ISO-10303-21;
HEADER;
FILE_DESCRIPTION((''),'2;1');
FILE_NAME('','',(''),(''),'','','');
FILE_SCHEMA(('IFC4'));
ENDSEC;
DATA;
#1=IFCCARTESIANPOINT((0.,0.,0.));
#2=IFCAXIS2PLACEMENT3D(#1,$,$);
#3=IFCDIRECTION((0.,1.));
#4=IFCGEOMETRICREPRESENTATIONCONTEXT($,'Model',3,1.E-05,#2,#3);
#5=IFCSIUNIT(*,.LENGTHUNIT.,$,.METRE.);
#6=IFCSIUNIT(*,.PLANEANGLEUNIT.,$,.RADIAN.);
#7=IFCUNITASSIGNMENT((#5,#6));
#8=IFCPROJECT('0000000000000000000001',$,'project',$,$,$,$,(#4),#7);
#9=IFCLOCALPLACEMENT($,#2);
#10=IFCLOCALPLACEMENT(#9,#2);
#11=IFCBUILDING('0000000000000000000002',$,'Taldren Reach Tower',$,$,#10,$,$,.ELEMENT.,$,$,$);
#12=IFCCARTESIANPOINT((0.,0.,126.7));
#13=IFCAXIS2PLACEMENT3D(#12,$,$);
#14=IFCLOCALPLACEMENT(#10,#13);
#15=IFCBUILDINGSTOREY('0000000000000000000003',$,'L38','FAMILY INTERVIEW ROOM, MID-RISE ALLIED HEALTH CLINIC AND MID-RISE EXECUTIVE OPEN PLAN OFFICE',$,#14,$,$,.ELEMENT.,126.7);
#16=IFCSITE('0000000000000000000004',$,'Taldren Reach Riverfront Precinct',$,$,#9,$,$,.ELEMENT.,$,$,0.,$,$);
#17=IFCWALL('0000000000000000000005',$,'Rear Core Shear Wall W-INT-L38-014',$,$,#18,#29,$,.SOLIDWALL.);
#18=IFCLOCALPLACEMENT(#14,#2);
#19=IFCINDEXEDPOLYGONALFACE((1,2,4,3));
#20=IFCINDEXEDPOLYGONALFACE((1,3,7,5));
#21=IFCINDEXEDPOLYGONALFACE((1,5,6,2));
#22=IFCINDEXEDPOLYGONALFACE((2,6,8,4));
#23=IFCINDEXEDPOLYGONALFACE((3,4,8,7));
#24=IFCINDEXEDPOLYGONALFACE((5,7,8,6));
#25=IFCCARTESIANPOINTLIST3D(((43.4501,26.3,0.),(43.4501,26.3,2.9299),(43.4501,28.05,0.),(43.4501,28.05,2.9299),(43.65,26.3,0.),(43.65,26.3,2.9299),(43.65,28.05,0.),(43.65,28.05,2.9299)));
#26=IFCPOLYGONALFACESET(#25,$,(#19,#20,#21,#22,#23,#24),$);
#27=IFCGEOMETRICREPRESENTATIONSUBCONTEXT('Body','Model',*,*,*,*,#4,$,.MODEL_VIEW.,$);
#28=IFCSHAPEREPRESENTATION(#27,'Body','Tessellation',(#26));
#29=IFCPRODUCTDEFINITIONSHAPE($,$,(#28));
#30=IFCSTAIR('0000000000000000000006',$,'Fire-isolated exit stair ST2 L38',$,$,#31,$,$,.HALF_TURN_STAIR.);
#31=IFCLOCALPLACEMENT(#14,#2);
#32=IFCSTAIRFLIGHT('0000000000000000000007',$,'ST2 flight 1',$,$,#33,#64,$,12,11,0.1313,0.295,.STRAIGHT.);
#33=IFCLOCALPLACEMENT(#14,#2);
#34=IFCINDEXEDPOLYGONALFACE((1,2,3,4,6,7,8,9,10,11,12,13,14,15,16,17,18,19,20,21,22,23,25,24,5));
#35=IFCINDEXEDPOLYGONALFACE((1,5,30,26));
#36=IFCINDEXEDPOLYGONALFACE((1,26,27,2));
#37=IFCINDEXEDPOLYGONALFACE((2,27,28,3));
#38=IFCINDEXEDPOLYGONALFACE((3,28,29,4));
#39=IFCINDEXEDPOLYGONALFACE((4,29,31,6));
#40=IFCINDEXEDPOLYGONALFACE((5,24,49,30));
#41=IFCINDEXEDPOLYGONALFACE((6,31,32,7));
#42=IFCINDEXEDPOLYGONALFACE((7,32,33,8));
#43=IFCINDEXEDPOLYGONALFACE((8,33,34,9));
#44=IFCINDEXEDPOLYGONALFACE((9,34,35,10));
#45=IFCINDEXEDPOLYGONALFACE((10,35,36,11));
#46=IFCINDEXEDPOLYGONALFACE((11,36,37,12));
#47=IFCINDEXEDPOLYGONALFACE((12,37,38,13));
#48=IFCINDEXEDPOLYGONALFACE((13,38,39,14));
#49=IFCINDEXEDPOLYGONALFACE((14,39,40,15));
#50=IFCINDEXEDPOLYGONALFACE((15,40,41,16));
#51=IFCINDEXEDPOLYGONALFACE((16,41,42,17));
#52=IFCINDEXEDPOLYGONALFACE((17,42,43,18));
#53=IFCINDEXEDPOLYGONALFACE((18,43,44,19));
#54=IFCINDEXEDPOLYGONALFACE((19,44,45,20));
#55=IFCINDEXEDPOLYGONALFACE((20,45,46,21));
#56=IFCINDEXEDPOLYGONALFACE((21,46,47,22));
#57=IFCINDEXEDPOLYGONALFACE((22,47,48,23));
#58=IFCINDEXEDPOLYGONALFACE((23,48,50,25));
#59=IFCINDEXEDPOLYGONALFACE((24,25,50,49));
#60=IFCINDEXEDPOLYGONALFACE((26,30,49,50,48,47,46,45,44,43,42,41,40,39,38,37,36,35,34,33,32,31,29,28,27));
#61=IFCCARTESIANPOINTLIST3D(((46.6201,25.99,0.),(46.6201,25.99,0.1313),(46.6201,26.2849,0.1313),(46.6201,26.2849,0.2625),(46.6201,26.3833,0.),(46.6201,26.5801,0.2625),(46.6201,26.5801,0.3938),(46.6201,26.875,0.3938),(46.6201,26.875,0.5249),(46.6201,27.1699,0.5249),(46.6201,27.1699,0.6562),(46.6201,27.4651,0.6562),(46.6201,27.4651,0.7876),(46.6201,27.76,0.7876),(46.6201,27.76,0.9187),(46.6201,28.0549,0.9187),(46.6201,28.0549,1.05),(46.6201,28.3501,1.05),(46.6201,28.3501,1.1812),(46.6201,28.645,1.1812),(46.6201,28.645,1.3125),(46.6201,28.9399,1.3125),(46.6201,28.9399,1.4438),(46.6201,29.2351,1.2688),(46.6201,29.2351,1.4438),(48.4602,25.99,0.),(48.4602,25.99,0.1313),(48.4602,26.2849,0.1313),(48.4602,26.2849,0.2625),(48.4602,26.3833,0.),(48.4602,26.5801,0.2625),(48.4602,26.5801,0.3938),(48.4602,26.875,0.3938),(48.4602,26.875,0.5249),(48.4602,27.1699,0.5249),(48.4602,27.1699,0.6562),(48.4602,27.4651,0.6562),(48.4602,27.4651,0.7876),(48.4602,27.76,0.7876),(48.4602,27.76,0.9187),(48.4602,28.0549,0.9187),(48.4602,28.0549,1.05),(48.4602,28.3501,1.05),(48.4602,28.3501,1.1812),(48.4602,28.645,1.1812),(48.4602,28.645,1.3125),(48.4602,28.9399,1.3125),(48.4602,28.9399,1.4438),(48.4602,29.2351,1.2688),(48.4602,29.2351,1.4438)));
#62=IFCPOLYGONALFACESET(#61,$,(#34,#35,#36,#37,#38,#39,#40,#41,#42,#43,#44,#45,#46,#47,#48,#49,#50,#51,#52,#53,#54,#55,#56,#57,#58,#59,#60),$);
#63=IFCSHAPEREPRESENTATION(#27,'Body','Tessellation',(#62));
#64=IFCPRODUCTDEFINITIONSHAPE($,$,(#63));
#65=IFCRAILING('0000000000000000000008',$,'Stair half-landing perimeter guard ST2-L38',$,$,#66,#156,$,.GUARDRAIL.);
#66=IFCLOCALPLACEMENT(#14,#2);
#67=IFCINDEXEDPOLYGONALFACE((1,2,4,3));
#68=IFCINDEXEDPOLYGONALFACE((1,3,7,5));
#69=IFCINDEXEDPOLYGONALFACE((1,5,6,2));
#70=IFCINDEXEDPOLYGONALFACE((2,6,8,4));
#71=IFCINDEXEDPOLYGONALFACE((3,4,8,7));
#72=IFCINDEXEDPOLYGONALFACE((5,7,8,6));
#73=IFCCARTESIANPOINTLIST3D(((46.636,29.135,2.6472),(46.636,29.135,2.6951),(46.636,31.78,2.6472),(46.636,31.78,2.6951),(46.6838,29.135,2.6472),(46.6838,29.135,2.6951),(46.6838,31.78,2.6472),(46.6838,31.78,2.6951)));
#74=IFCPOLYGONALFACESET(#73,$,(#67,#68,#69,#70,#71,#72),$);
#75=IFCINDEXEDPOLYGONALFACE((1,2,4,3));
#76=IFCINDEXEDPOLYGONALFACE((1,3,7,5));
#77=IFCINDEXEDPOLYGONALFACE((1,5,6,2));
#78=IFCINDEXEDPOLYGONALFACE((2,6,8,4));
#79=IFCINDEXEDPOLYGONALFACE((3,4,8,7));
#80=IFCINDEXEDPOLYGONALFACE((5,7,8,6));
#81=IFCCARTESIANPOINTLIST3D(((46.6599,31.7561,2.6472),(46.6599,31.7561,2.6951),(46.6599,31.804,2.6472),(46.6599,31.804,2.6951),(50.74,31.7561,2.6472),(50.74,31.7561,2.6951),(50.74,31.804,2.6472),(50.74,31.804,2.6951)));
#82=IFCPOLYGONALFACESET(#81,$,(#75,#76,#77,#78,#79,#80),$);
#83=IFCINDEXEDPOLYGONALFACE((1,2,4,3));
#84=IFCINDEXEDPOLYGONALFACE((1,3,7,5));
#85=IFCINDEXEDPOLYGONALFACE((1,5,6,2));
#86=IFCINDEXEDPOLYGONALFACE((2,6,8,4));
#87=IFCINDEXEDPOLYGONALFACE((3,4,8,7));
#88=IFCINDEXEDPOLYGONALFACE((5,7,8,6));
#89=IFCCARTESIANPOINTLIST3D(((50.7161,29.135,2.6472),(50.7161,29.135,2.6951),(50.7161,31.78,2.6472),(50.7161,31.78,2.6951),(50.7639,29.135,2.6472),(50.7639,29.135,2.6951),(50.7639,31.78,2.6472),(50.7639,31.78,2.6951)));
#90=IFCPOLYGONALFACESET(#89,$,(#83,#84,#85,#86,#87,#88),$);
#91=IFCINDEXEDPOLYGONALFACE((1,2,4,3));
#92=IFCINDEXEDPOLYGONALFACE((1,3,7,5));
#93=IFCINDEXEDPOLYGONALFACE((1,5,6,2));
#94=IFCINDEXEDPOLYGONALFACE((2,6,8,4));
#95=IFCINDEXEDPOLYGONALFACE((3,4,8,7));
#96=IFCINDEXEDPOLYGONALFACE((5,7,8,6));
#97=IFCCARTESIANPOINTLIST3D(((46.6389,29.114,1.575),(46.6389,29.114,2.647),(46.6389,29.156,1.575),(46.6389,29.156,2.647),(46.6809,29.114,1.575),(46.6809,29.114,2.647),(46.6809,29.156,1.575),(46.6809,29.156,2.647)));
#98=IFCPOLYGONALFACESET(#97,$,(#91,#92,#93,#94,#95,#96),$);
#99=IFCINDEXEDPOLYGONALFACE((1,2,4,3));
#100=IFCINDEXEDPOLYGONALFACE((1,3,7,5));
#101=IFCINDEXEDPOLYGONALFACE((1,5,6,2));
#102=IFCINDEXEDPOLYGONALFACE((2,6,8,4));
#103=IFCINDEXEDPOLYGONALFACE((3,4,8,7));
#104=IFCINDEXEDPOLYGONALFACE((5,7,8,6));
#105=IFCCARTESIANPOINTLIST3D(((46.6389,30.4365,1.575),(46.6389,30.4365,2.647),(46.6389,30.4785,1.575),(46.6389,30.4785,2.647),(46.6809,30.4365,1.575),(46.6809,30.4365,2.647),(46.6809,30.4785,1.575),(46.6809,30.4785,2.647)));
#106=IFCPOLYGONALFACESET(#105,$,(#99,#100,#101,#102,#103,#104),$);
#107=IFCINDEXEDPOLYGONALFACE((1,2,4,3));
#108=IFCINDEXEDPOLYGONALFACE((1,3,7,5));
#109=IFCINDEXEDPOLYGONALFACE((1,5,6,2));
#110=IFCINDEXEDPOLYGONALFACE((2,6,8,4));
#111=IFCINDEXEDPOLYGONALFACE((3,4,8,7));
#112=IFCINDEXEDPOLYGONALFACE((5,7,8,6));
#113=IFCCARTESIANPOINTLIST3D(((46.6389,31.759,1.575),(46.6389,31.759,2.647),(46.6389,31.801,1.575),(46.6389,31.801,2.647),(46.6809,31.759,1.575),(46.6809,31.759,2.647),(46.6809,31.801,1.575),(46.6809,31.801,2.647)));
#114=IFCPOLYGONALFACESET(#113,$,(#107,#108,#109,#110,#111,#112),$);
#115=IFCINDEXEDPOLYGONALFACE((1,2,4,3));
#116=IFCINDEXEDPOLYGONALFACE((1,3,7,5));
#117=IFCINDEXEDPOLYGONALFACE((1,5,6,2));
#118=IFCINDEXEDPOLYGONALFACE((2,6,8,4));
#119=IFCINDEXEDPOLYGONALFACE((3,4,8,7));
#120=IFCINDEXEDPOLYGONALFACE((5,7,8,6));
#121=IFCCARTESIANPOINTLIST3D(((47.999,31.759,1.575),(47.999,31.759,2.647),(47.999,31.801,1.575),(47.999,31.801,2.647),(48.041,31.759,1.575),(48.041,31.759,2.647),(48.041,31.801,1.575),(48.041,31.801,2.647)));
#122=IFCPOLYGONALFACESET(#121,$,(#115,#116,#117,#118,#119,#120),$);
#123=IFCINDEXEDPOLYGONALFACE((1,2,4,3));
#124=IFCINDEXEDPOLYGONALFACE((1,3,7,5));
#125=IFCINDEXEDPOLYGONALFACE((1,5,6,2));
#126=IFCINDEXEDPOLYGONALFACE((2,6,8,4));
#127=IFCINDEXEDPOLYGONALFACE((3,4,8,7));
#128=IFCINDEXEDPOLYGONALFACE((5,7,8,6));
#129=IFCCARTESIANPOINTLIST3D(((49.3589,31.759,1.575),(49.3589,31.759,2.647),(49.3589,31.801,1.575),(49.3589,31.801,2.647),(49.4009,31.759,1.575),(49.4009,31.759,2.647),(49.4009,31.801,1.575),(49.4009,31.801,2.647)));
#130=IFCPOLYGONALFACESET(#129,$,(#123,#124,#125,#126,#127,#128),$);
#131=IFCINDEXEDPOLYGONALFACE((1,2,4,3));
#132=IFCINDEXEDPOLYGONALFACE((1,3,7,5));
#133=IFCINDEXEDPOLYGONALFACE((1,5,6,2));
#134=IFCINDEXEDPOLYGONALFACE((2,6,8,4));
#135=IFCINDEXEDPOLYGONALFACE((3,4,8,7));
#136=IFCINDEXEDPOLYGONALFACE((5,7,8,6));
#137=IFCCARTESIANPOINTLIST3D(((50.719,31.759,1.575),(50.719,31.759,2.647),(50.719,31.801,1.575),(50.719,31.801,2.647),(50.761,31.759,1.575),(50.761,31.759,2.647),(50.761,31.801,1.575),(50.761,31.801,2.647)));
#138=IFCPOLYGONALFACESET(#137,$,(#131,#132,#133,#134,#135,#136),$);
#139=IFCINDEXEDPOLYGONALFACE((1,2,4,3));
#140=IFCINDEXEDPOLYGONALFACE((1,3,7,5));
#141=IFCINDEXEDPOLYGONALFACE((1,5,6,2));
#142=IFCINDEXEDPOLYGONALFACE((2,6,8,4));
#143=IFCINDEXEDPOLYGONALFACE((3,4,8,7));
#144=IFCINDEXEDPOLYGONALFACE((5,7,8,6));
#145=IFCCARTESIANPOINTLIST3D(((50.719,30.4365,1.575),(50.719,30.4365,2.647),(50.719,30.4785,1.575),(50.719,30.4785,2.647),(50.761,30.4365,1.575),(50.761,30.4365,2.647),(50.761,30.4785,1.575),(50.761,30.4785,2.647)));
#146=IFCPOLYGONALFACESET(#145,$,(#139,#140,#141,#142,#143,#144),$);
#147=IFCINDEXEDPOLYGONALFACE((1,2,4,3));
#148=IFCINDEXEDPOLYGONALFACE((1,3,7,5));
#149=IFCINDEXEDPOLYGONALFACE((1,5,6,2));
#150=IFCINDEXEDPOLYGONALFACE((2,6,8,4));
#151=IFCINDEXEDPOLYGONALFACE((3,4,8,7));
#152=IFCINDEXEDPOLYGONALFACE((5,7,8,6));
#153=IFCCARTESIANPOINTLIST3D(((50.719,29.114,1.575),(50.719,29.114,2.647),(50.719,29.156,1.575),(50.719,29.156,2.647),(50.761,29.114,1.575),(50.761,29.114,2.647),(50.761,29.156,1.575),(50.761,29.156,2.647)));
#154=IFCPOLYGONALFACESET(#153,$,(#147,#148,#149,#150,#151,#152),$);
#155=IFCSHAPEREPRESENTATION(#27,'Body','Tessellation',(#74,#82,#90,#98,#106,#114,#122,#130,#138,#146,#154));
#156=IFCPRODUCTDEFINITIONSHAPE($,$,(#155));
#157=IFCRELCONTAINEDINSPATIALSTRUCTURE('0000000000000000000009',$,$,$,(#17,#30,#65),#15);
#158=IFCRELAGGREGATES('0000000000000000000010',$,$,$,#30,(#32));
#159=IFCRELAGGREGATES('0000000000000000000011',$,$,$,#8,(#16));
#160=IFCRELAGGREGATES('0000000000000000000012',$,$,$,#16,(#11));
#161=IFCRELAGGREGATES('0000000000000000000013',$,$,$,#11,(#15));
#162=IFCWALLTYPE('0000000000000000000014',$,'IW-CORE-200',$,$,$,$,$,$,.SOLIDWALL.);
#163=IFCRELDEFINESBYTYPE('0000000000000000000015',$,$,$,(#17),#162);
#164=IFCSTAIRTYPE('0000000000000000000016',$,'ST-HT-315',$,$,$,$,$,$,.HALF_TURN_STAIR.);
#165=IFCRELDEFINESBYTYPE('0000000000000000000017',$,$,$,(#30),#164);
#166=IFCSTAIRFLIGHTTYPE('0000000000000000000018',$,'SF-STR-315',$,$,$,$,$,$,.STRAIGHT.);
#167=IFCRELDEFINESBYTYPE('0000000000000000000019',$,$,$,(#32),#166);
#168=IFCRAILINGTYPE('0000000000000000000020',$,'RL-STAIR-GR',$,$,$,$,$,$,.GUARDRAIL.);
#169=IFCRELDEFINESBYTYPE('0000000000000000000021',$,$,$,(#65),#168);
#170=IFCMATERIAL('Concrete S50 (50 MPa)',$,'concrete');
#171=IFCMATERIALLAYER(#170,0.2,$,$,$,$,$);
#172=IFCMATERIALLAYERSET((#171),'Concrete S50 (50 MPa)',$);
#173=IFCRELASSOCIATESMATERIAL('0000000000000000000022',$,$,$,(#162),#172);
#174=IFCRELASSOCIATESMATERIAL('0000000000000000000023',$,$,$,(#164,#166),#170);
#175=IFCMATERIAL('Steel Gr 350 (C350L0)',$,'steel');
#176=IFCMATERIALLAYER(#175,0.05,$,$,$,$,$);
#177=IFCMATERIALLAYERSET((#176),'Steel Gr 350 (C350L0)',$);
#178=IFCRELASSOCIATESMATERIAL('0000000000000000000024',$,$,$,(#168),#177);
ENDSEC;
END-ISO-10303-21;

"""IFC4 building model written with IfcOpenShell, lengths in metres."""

from ifc_helpers import new_model, si_unit, direction, frame, frame_2d, origin, origin_2d, place, context, subcontext, project, spatial, polyline, rectangle, outline, extrude, source, transform, mapped, material, layer, layer_set, type_object, element, aggregate, save


model = new_model("IFC4")

# Units and contexts
model_context = context("Model", 3, precision=1e-05, world=origin(), true_north=direction((0.0, 1.0)))
body_context = subcontext(model_context, "Body", "Model", "MODEL_VIEW")
ifc_project = project(units=[si_unit("LENGTHUNIT", "METRE"), si_unit("PLANEANGLEUNIT", "RADIAN")], contexts=[model_context])

# Site, building, storey
site_placement = place(None, origin())
site = spatial("IfcSite", under=ifc_project, at=site_placement, Name="Taldren Reach Riverfront Precinct", CompositionType="ELEMENT", RefElevation=0.0)
building_placement = place(site_placement, origin())
building = spatial("IfcBuilding", under=site, at=building_placement, Name="Taldren Reach Tower", CompositionType="ELEMENT")
storey_placement = place(building_placement, frame((0.0, 0.0, 126.7)))
storey = spatial("IfcBuildingStorey", under=building, at=storey_placement, Name="L38", Description="FAMILY INTERVIEW ROOM, MID-RISE ALLIED HEALTH CLINIC AND MID-RISE EXECUTIVE OPEN PLAN OFFICE", CompositionType="ELEMENT", Elevation=126.7)

# Shared definitions
ifc_material_1 = material(Name="Steel Gr 350 (C350L0)", Category="steel")

# Wall
ifc_material_2 = material(Name="Concrete S50 (50 MPa)", Category="concrete")
ifc_layer_1 = layer(ifc_material_2, 0.2)
ifc_layer_set_1 = layer_set([ifc_layer_1], Name="Concrete S50 (50 MPa)")
wall_type_1 = type_object("IfcWallType", Name="IW-CORE-200", PredefinedType="SOLIDWALL", material=ifc_layer_set_1)
shared_shape_1 = source(origin(), body_context, "Body", "SweptSolid", [
    extrude(rectangle(XDim=1.75, YDim=0.2, at=frame_2d((0.875, 0.0))), origin(), (0.0, 0.0, 1.0), 2.9299),
])
wall_1_placement = place(storey_placement, frame((43.55, 28.05, 0.0), z_axis=(0.0, 0.0, 1.0), x_axis=(0.0, -1.0, 0.0)))
element("IfcWall", 1, at=wall_1_placement, inside=storey, type_object=wall_type_1, Name="Rear Core Shear Wall W-INT-L38-014", PredefinedType="SOLIDWALL", context=body_context, shape_type="MappedRepresentation", body=[
    mapped(shared_shape_1, transform((0.0, 0.0, 0.0), scale=1.0)),
])

# Stair, stair flight
stair_type = type_object("IfcStairType", Name="ST-HT-315", PredefinedType="HALF_TURN_STAIR", material=ifc_material_2)
stair_placement = place(storey_placement, origin())
stair = element("IfcStair", 2, at=stair_placement, inside=storey, type_object=stair_type, Name="Fire-isolated exit stair ST2 L38", PredefinedType="HALF_TURN_STAIR")
stair_flight_type = type_object("IfcStairFlightType", Name="SF-STR-315", PredefinedType="STRAIGHT", material=ifc_material_2)
stair_flight_placement = place(storey_placement, frame((47.54, 25.99, 0.0), z_axis=(0.0, 0.0, 1.0), x_axis=(0.0, 1.0, 0.0)))
stair_flight = element("IfcStairFlight", 3, at=stair_flight_placement, type_object=stair_flight_type, Name="ST2 flight 1", NumberOfRisers=12, NumberOfTreads=11, PredefinedType="STRAIGHT", RiserHeight=0.1313, TreadLength=0.295, context=body_context, shape_type="SweptSolid", body=[
    extrude(outline(polyline([(0.0, 0.0), (0.0, 0.1313), (0.2949, 0.1313), (0.2949, 0.2625), (0.5901, 0.2625), (0.5901, 0.3938), (0.885, 0.3938), (0.885, 0.5249), (1.1799, 0.5249), (1.1799, 0.6562), (1.4751, 0.6562), (1.4751, 0.7876), (1.77, 0.7876), (1.77, 0.9187), (2.0649, 0.9187), (2.0649, 1.05), (2.3601, 1.05), (2.3601, 1.1812), (2.655, 1.1812), (2.655, 1.3125), (2.95, 1.3125), (2.95, 1.4438), (3.2451, 1.4438), (3.2451, 1.575), (3.2451, 1.2688), (0.3933, 0.0), (0.0, 0.0)])), frame((0.0, 0.9199, 0.0), z_axis=(0.0, -1.0, 0.0), x_axis=(1.0, 0.0, 0.0)), (0.0, 0.0, 1.0), 1.8401),
])
aggregate(stair, [stair_flight])

# Railing
ifc_layer_2 = layer(ifc_material_1, 0.05)
ifc_layer_set_2 = layer_set([ifc_layer_2], Name="Steel Gr 350 (C350L0)")
railing_type_1 = type_object("IfcRailingType", Name="RL-STAIR-GR", PredefinedType="GUARDRAIL", material=ifc_layer_set_2)
railing_1_placement = place(storey_placement, frame((46.6599, 29.135, 1.575)))
element("IfcRailing", 4, at=railing_1_placement, inside=storey, type_object=railing_type_1, Name="Stair half-landing perimeter guard ST2-L38", PredefinedType="GUARDRAIL", context=body_context, shape_type="SweptSolid", body=[
    extrude(rectangle(XDim=0.0479, YDim=0.0479, at=origin_2d()), frame((0.0, 0.0, 1.0962), z_axis=(0.0, 1.0, 0.0), x_axis=(-1.0, 0.0, 0.0)), (0.0, 0.0, 1.0), 2.645),
    extrude(rectangle(XDim=0.0479, YDim=0.0479, at=origin_2d()), frame((0.0, 2.645, 1.0962), z_axis=(1.0, 0.0, 0.0), x_axis=(0.0, 1.0, 0.0)), (0.0, 0.0, 1.0), 4.0801),
    extrude(rectangle(XDim=0.0479, YDim=0.0479, at=origin_2d()), frame((4.0801, 2.645, 1.0962), z_axis=(0.0, -1.0, 0.0), x_axis=(1.0, 0.0, 0.0)), (0.0, 0.0, 1.0), 2.645),
    extrude(rectangle(XDim=0.042, YDim=0.042, at=origin_2d()), origin(), (0.0, 0.0, 1.0), 1.072),
    extrude(rectangle(XDim=0.042, YDim=0.042, at=origin_2d()), frame((0.0, 1.3225, 0.0)), (0.0, 0.0, 1.0), 1.072),
    extrude(rectangle(XDim=0.042, YDim=0.042, at=origin_2d()), frame((0.0, 2.645, 0.0)), (0.0, 0.0, 1.0), 1.072),
    extrude(rectangle(XDim=0.042, YDim=0.042, at=origin_2d()), frame((1.3601, 2.645, 0.0)), (0.0, 0.0, 1.0), 1.072),
    extrude(rectangle(XDim=0.042, YDim=0.042, at=origin_2d()), frame((2.72, 2.645, 0.0)), (0.0, 0.0, 1.0), 1.072),
    extrude(rectangle(XDim=0.042, YDim=0.042, at=origin_2d()), frame((4.0801, 2.645, 0.0)), (0.0, 0.0, 1.0), 1.072),
    extrude(rectangle(XDim=0.042, YDim=0.042, at=origin_2d()), frame((4.0801, 1.3225, 0.0)), (0.0, 0.0, 1.0), 1.072),
    extrude(rectangle(XDim=0.042, YDim=0.042, at=origin_2d()), frame((4.0801, 0.0, 0.0)), (0.0, 0.0, 1.0), 1.072),
])

save(model, "model.ifc")
